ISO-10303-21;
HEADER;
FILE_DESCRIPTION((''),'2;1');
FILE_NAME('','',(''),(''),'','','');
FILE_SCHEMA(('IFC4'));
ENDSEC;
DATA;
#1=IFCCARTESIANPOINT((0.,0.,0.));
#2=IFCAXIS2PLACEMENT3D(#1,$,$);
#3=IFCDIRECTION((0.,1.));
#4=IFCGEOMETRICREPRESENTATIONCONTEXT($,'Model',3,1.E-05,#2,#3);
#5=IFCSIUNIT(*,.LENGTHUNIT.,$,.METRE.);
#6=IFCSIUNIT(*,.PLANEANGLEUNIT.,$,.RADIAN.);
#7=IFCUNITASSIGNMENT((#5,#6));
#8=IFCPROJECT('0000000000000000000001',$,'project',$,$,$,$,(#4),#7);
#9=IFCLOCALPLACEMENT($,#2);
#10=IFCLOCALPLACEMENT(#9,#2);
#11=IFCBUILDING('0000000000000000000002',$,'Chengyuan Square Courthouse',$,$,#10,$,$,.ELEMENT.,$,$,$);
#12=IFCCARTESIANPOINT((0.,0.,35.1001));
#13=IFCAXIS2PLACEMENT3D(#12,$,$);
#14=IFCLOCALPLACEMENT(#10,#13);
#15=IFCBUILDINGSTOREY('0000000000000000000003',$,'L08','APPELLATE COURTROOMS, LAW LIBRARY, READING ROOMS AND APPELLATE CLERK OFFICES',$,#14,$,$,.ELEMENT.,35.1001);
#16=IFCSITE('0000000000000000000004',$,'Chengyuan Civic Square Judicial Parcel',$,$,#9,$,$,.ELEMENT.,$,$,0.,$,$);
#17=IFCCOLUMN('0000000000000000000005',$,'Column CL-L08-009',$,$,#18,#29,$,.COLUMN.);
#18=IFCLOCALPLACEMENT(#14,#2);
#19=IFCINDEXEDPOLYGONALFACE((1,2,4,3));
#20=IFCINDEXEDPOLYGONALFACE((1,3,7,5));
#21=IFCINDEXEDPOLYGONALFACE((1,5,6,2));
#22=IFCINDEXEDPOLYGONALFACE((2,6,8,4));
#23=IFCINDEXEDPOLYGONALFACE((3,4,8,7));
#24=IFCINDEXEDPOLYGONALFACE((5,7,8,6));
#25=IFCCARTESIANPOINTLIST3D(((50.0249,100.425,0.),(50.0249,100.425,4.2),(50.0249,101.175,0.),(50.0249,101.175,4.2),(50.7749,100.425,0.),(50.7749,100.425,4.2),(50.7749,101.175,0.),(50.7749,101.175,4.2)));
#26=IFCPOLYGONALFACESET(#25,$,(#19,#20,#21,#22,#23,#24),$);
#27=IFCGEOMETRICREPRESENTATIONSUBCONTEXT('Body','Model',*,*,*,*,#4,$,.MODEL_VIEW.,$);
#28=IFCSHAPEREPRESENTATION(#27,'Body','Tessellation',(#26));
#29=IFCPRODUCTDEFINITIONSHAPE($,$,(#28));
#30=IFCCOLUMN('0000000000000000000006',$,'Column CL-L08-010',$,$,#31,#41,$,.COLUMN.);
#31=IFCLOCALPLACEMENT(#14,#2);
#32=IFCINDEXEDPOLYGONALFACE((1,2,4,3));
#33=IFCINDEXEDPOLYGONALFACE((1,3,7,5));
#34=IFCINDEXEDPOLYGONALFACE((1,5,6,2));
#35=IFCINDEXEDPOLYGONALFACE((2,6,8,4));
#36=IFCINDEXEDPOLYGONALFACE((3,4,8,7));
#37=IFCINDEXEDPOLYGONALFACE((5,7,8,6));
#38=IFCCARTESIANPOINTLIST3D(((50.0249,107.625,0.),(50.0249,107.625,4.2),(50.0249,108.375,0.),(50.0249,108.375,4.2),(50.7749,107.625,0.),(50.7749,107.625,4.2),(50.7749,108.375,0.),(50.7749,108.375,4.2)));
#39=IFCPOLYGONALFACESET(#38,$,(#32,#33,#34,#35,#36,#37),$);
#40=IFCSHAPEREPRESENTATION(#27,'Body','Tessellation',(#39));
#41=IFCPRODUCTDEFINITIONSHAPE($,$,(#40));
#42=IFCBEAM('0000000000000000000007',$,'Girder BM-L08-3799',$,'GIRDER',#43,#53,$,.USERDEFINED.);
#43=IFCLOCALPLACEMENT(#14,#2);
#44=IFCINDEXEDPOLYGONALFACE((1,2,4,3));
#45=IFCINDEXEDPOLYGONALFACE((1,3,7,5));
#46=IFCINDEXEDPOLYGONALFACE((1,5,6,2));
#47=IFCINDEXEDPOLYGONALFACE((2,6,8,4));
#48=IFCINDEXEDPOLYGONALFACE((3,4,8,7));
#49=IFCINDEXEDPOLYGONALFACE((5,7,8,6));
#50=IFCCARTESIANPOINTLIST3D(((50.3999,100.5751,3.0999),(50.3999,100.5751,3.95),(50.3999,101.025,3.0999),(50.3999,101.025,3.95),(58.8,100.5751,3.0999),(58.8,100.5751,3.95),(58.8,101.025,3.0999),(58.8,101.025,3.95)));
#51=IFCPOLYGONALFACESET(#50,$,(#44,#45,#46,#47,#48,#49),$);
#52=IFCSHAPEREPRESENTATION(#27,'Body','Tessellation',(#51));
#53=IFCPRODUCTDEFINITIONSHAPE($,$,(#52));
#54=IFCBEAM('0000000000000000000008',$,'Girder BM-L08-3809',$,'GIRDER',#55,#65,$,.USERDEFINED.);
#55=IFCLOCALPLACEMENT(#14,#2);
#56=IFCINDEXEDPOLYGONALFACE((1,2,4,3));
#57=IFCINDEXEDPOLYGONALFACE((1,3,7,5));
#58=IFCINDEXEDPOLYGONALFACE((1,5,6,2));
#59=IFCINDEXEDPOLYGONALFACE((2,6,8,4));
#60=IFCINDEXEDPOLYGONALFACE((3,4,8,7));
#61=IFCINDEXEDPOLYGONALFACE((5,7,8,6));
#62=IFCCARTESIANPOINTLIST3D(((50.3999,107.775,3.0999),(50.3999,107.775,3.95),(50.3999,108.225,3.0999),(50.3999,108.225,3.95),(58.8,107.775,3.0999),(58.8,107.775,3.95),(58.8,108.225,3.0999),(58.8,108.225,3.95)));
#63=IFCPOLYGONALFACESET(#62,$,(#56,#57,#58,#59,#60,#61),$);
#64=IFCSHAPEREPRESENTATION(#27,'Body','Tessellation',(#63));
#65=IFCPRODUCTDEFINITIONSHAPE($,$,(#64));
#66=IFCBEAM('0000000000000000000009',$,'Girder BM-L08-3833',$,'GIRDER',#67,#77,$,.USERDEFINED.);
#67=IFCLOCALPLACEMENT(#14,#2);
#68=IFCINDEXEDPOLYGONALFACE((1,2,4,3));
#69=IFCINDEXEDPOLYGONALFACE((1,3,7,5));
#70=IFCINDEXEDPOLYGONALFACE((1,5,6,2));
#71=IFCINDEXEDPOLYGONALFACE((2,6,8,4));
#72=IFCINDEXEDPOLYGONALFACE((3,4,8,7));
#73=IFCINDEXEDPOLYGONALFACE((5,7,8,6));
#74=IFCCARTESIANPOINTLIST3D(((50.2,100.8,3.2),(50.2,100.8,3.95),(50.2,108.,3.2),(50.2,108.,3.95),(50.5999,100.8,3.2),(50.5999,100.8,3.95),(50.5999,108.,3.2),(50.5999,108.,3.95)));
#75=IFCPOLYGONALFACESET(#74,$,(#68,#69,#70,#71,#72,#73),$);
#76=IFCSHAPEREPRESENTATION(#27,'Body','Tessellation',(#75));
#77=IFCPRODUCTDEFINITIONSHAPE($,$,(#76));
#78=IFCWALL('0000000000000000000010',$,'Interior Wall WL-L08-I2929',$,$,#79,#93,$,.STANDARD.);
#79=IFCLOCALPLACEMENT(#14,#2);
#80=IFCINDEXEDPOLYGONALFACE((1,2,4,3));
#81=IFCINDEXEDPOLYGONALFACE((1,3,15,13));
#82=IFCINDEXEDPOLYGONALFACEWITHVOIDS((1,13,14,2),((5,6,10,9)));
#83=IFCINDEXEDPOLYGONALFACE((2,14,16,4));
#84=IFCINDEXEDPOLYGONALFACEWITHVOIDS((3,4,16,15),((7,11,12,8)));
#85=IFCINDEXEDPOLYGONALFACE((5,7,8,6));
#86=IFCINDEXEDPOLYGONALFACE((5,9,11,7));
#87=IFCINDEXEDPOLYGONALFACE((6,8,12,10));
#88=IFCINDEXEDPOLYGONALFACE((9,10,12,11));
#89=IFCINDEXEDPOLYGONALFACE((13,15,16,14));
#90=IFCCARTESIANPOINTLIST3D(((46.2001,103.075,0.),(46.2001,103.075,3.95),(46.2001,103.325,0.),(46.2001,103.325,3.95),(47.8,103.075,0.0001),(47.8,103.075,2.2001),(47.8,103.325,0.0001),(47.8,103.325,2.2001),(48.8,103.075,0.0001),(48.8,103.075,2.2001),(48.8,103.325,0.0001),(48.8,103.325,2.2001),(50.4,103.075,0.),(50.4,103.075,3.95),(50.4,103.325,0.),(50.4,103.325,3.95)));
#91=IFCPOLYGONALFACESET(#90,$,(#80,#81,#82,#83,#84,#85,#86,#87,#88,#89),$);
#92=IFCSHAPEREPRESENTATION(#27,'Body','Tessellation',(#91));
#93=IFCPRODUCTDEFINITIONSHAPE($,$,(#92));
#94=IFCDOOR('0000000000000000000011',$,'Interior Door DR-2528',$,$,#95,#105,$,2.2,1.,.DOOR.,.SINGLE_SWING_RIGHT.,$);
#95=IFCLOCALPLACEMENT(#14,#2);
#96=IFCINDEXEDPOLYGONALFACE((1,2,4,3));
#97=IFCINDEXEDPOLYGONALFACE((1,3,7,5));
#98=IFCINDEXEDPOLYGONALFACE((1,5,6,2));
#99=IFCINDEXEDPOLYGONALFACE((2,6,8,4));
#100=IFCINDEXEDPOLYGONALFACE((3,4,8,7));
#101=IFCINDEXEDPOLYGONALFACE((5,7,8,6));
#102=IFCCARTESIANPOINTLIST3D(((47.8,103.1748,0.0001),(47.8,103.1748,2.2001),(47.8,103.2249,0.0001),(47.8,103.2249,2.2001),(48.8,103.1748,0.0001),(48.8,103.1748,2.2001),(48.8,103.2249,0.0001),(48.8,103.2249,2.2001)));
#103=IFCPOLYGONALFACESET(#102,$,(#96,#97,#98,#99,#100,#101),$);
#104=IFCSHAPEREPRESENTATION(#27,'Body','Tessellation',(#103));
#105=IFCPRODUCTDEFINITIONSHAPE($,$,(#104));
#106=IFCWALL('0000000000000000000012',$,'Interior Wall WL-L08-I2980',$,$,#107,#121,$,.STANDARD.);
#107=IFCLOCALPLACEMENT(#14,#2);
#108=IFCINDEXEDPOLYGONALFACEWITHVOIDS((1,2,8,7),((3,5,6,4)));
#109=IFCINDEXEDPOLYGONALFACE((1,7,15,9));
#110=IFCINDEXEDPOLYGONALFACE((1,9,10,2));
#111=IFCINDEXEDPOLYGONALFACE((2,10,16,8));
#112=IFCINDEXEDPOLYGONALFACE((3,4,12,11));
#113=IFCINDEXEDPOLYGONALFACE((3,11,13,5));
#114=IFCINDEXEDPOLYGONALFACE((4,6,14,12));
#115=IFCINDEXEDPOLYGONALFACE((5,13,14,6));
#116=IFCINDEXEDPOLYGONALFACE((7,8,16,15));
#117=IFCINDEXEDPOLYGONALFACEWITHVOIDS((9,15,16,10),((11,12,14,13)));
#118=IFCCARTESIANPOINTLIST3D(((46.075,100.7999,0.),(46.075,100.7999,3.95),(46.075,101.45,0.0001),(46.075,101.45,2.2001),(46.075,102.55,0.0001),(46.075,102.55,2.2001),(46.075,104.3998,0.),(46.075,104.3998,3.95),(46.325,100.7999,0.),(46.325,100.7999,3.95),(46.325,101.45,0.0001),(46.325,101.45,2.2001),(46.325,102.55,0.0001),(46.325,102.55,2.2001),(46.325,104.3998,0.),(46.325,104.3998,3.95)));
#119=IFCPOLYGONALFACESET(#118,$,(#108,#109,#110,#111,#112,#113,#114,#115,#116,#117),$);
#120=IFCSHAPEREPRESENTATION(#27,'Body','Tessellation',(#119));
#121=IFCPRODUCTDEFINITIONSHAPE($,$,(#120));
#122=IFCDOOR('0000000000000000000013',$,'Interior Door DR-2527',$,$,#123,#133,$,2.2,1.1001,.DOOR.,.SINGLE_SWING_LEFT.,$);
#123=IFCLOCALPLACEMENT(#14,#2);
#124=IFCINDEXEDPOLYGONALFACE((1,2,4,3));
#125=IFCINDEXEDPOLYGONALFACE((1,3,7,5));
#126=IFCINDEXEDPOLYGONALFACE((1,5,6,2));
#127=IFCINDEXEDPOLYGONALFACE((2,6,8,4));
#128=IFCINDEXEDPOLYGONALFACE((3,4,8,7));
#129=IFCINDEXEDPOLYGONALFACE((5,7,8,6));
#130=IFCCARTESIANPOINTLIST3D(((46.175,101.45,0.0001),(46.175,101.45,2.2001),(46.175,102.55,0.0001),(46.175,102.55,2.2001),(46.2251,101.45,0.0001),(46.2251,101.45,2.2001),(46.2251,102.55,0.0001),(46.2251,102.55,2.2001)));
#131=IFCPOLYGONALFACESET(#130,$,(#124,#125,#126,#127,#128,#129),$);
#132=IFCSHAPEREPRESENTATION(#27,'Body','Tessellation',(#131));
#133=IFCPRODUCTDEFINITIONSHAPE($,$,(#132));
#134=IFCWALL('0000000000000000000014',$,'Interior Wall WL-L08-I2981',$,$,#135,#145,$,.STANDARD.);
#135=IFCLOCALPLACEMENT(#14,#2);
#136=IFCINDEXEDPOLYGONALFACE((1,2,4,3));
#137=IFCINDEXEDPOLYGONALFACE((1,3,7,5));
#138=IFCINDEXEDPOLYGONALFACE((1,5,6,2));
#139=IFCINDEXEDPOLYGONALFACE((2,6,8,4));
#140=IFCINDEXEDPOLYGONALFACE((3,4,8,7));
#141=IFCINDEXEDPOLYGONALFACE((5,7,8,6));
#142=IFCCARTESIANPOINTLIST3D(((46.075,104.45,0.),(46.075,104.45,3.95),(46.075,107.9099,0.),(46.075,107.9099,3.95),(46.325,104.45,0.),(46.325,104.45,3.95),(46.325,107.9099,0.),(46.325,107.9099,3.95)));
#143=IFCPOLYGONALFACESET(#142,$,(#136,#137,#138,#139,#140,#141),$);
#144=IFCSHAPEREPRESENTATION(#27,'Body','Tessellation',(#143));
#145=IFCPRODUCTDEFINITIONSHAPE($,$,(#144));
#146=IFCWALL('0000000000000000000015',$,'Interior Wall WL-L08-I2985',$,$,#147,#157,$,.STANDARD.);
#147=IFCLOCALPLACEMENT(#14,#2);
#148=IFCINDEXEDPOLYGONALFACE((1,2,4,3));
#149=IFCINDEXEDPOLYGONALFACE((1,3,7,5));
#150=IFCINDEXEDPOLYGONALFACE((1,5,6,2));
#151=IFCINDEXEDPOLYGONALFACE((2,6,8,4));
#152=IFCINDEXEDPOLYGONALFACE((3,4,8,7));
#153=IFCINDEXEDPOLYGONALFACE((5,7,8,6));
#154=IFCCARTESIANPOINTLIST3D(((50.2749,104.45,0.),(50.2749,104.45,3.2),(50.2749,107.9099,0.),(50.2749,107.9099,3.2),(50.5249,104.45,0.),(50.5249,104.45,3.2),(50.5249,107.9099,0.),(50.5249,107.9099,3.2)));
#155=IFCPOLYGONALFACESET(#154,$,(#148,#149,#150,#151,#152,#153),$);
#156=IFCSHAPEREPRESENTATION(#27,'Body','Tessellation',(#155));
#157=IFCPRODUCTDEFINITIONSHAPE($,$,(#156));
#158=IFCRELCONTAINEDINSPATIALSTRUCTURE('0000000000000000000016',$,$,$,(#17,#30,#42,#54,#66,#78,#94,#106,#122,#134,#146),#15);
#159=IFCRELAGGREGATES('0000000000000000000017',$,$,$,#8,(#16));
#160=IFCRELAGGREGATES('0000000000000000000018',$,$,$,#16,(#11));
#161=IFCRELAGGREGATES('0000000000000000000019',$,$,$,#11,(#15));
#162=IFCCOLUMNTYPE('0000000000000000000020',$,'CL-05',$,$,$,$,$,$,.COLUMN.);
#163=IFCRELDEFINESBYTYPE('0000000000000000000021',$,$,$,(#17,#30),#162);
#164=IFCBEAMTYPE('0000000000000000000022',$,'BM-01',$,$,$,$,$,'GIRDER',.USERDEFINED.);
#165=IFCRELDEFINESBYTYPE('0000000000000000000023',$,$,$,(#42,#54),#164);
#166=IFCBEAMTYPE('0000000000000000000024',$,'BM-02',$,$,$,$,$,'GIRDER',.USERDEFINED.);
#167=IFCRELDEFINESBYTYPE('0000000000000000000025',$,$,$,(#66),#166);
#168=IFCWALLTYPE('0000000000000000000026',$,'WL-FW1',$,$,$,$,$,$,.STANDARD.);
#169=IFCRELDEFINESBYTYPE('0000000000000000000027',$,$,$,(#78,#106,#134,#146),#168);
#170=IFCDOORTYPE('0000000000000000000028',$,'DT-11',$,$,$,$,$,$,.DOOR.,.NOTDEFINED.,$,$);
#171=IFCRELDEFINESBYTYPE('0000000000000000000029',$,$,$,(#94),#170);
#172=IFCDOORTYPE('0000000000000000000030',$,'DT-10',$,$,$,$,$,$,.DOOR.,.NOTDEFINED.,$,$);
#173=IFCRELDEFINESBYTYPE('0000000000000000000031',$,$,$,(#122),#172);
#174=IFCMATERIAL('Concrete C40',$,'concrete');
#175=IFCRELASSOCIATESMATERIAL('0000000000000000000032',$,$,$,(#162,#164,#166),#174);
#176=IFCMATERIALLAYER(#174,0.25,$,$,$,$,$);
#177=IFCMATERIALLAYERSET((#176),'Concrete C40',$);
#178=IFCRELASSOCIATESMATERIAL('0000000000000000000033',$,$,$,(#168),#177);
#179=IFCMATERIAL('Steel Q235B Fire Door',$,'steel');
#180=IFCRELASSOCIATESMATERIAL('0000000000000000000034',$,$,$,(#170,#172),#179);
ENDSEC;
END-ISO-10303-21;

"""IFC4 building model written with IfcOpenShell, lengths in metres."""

from ifc_helpers import new_model, si_unit, direction, frame, frame_2d, origin, origin_2d, place, context, subcontext, project, spatial, rectangle, extrude, material, layer, layer_set, material_profile, profile_set, type_object, element, fill, save


model = new_model("IFC4")

# Units and contexts
model_context = context("Model", 3, precision=1e-05, world=origin(), true_north=direction((0.0, 1.0)))
body_context = subcontext(model_context, "Body", "Model", "MODEL_VIEW")
ifc_project = project(units=[si_unit("LENGTHUNIT", "METRE"), si_unit("PLANEANGLEUNIT", "RADIAN")], contexts=[model_context])

# Site, building, storey
site_placement = place(None, origin())
site = spatial("IfcSite", under=ifc_project, at=site_placement, Name="Chengyuan Civic Square Judicial Parcel", CompositionType="ELEMENT", RefElevation=0.0)
building_placement = place(site_placement, origin())
building = spatial("IfcBuilding", under=site, at=building_placement, Name="Chengyuan Square Courthouse", CompositionType="ELEMENT")
storey_placement = place(building_placement, frame((0.0, 0.0, 35.1001)))
storey = spatial("IfcBuildingStorey", under=building, at=storey_placement, Name="L08", Description="APPELLATE COURTROOMS, LAW LIBRARY, READING ROOMS AND APPELLATE CLERK OFFICES", CompositionType="ELEMENT", Elevation=35.1001)

# Columns
ifc_material_1 = material(Name="Concrete C40", Category="concrete")
ifc_material_profile_1 = material_profile(ifc_material_1, rectangle(XDim=0.75, YDim=0.75, at=origin_2d()), Name="RC-COL-750x750")
ifc_profile_set_1 = profile_set([ifc_material_profile_1], Name="Concrete C40")
column_type = type_object("IfcColumnType", Name="CL-05", PredefinedType="COLUMN", material=ifc_profile_set_1)
for number, where, z_axis, x_axis, name in (
    (1, (50.3999, 100.8, 0.0), (0.0, 0.0, 1.0), (1.0, 0.0, 0.0), "Column CL-L08-009"),
    (2, (50.3999, 108.0, 0.0), (0.0, 0.0, 1.0), (1.0, 0.0, 0.0), "Column CL-L08-010"),
):
    element("IfcColumn", number, at=place(storey_placement, frame(where, z_axis=z_axis, x_axis=x_axis)), inside=storey, type_object=column_type, Name=name, PredefinedType="COLUMN", context=body_context, shape_type="SweptSolid", body=[
        extrude(rectangle(XDim=0.75, YDim=0.75, at=origin_2d()), origin(), (0.0, 0.0, 1.0), 4.2),
    ])

# Beams
ifc_material_profile_2 = material_profile(ifc_material_1, rectangle(XDim=0.45, YDim=0.8501, at=origin_2d()), Name="RC-BM-450x850")
ifc_profile_set_2 = profile_set([ifc_material_profile_2], Name="Concrete C40")
beam_type_1 = type_object("IfcBeamType", Name="BM-01", ElementType="GIRDER", PredefinedType="USERDEFINED", material=ifc_profile_set_2)
for number, where, z_axis, x_axis, name in (
    (3, (50.3999, 100.8, 3.5249), (1.0, 0.0, 0.0), (0.0, 1.0, 0.0), "Girder BM-L08-3799"),
    (4, (50.3999, 108.0, 3.5249), (1.0, 0.0, 0.0), (0.0, 1.0, 0.0), "Girder BM-L08-3809"),
):
    element("IfcBeam", number, at=place(storey_placement, frame(where, z_axis=z_axis, x_axis=x_axis)), inside=storey, type_object=beam_type_1, Name=name, ObjectType="GIRDER", PredefinedType="USERDEFINED", context=body_context, shape_type="SweptSolid", body=[
        extrude(rectangle(XDim=0.45, YDim=0.8501, at=origin_2d()), origin(), (0.0, 0.0, 1.0), 8.4001),
    ])
ifc_material_profile_3 = material_profile(ifc_material_1, rectangle(XDim=0.3999, YDim=0.75, at=origin_2d()), Name="RC-BM-400x750")
ifc_profile_set_3 = profile_set([ifc_material_profile_3], Name="Concrete C40")
beam_type_2 = type_object("IfcBeamType", Name="BM-02", ElementType="GIRDER", PredefinedType="USERDEFINED", material=ifc_profile_set_3)
beam_placement = place(storey_placement, frame((50.3999, 100.8, 3.575), z_axis=(0.0, 1.0, 0.0), x_axis=(-1.0, 0.0, 0.0)))
element("IfcBeam", 5, at=beam_placement, inside=storey, type_object=beam_type_2, Name="Girder BM-L08-3833", ObjectType="GIRDER", PredefinedType="USERDEFINED", context=body_context, shape_type="SweptSolid", body=[
    extrude(rectangle(XDim=0.3999, YDim=0.75, at=origin_2d()), origin(), (0.0, 0.0, 1.0), 7.2),
])

# Walls, openings, doors
ifc_layer_1 = layer(ifc_material_1, 0.25)
ifc_layer_set_1 = layer_set([ifc_layer_1], Name="Concrete C40")
wall_type_1 = type_object("IfcWallType", Name="WL-FW1", PredefinedType="STANDARD", material=ifc_layer_set_1)
ifc_material_2 = material(Name="Steel Q235B Fire Door", Category="steel")
wall_1_placement = place(storey_placement, frame((46.2, 103.2, 0.0), z_axis=(0.0, 0.0, 1.0), x_axis=(1.0, 0.0, 0.0)))
wall_1 = element("IfcWall", 6, at=wall_1_placement, inside=storey, type_object=wall_type_1, Name="Interior Wall WL-L08-I2929", PredefinedType="STANDARD", context=body_context, shape_type="SweptSolid", body=[
    extrude(rectangle(XDim=4.2, YDim=0.25, at=frame_2d((2.1001, 0.0))), origin(), (0.0, 0.0, 1.0), 3.95),
])
opening_1_placement = place(wall_1_placement, frame((1.6001, 0.0, 0.0)))
opening_1 = element("IfcOpeningElement", 7, at=opening_1_placement, cuts=wall_1, PredefinedType="OPENING", context=body_context, shape_type="SweptSolid", body=[
    extrude(rectangle(XDim=1.0, YDim=2.2, at=frame_2d((0.5, 1.1001))), frame((0.0, 0.137, 0.0), z_axis=(0.0, -1.0, 0.0), x_axis=(1.0, 0.0, 0.0)), (0.0, 0.0, 1.0), 0.2739),
])
door_type_1 = type_object("IfcDoorType", Name="DT-11", OperationType="NOTDEFINED", PredefinedType="DOOR", material=ifc_material_2)
door_1_placement = place(opening_1_placement, origin())
door_1 = element("IfcDoor", 8, at=door_1_placement, inside=storey, type_object=door_type_1, Name="Interior Door DR-2528", OperationType="SINGLE_SWING_RIGHT", OverallHeight=2.2, OverallWidth=1.0, PredefinedType="DOOR", context=body_context, shape_type="SweptSolid", body=[
    extrude(rectangle(XDim=1.0, YDim=2.2, at=frame_2d((0.5, 1.1001))), frame((0.0, 0.0249, 0.0), z_axis=(0.0, -1.0, 0.0), x_axis=(1.0, 0.0, 0.0)), (0.0, 0.0, 1.0), 0.05),
])
fill(opening_1, door_1)
wall_2_placement = place(storey_placement, frame((46.2, 100.8, 0.0), z_axis=(0.0, 0.0, 1.0), x_axis=(0.0, 1.0, 0.0)))
wall_2 = element("IfcWall", 9, at=wall_2_placement, inside=storey, type_object=wall_type_1, Name="Interior Wall WL-L08-I2980", PredefinedType="STANDARD", context=body_context, shape_type="SweptSolid", body=[
    extrude(rectangle(XDim=3.5999, YDim=0.25, at=frame_2d((1.7998, 0.0))), origin(), (0.0, 0.0, 1.0), 3.95),
])
opening_2_placement = place(wall_2_placement, frame((0.6499, 0.0, 0.0)))
opening_2 = element("IfcOpeningElement", 10, at=opening_2_placement, cuts=wall_2, PredefinedType="OPENING", context=body_context, shape_type="SweptSolid", body=[
    extrude(rectangle(XDim=1.1001, YDim=2.2, at=frame_2d((0.55, 1.1001))), frame((0.0, 0.137, 0.0), z_axis=(0.0, -1.0, 0.0), x_axis=(1.0, 0.0, 0.0)), (0.0, 0.0, 1.0), 0.2739),
])
door_type_2 = type_object("IfcDoorType", Name="DT-10", OperationType="NOTDEFINED", PredefinedType="DOOR", material=ifc_material_2)
door_2_placement = place(opening_2_placement, origin())
door_2 = element("IfcDoor", 11, at=door_2_placement, inside=storey, type_object=door_type_2, Name="Interior Door DR-2527", OperationType="SINGLE_SWING_LEFT", OverallHeight=2.2, OverallWidth=1.1001, PredefinedType="DOOR", context=body_context, shape_type="SweptSolid", body=[
    extrude(rectangle(XDim=1.1001, YDim=2.2, at=frame_2d((0.55, 1.1001))), frame((0.0, 0.0249, 0.0), z_axis=(0.0, -1.0, 0.0), x_axis=(1.0, 0.0, 0.0)), (0.0, 0.0, 1.0), 0.05),
])
fill(opening_2, door_2)

# Walls
wall_3_placement = place(storey_placement, frame((46.2, 104.45, 0.0), z_axis=(0.0, 0.0, 1.0), x_axis=(0.0, 1.0, 0.0)))
element("IfcWall", 12, at=wall_3_placement, inside=storey, type_object=wall_type_1, Name="Interior Wall WL-L08-I2981", PredefinedType="STANDARD", context=body_context, shape_type="SweptSolid", body=[
    extrude(rectangle(XDim=3.46, YDim=0.25, at=frame_2d((1.73, 0.0))), origin(), (0.0, 0.0, 1.0), 3.95),
])
wall_4_placement = place(storey_placement, frame((50.3999, 104.45, 0.0), z_axis=(0.0, 0.0, 1.0), x_axis=(0.0, 1.0, 0.0)))
element("IfcWall", 13, at=wall_4_placement, inside=storey, type_object=wall_type_1, Name="Interior Wall WL-L08-I2985", PredefinedType="STANDARD", context=body_context, shape_type="SweptSolid", body=[
    extrude(rectangle(XDim=3.46, YDim=0.25, at=frame_2d((1.73, 0.0))), origin(), (0.0, 0.0, 1.0), 3.2),
])

save(model, "model.ifc")
